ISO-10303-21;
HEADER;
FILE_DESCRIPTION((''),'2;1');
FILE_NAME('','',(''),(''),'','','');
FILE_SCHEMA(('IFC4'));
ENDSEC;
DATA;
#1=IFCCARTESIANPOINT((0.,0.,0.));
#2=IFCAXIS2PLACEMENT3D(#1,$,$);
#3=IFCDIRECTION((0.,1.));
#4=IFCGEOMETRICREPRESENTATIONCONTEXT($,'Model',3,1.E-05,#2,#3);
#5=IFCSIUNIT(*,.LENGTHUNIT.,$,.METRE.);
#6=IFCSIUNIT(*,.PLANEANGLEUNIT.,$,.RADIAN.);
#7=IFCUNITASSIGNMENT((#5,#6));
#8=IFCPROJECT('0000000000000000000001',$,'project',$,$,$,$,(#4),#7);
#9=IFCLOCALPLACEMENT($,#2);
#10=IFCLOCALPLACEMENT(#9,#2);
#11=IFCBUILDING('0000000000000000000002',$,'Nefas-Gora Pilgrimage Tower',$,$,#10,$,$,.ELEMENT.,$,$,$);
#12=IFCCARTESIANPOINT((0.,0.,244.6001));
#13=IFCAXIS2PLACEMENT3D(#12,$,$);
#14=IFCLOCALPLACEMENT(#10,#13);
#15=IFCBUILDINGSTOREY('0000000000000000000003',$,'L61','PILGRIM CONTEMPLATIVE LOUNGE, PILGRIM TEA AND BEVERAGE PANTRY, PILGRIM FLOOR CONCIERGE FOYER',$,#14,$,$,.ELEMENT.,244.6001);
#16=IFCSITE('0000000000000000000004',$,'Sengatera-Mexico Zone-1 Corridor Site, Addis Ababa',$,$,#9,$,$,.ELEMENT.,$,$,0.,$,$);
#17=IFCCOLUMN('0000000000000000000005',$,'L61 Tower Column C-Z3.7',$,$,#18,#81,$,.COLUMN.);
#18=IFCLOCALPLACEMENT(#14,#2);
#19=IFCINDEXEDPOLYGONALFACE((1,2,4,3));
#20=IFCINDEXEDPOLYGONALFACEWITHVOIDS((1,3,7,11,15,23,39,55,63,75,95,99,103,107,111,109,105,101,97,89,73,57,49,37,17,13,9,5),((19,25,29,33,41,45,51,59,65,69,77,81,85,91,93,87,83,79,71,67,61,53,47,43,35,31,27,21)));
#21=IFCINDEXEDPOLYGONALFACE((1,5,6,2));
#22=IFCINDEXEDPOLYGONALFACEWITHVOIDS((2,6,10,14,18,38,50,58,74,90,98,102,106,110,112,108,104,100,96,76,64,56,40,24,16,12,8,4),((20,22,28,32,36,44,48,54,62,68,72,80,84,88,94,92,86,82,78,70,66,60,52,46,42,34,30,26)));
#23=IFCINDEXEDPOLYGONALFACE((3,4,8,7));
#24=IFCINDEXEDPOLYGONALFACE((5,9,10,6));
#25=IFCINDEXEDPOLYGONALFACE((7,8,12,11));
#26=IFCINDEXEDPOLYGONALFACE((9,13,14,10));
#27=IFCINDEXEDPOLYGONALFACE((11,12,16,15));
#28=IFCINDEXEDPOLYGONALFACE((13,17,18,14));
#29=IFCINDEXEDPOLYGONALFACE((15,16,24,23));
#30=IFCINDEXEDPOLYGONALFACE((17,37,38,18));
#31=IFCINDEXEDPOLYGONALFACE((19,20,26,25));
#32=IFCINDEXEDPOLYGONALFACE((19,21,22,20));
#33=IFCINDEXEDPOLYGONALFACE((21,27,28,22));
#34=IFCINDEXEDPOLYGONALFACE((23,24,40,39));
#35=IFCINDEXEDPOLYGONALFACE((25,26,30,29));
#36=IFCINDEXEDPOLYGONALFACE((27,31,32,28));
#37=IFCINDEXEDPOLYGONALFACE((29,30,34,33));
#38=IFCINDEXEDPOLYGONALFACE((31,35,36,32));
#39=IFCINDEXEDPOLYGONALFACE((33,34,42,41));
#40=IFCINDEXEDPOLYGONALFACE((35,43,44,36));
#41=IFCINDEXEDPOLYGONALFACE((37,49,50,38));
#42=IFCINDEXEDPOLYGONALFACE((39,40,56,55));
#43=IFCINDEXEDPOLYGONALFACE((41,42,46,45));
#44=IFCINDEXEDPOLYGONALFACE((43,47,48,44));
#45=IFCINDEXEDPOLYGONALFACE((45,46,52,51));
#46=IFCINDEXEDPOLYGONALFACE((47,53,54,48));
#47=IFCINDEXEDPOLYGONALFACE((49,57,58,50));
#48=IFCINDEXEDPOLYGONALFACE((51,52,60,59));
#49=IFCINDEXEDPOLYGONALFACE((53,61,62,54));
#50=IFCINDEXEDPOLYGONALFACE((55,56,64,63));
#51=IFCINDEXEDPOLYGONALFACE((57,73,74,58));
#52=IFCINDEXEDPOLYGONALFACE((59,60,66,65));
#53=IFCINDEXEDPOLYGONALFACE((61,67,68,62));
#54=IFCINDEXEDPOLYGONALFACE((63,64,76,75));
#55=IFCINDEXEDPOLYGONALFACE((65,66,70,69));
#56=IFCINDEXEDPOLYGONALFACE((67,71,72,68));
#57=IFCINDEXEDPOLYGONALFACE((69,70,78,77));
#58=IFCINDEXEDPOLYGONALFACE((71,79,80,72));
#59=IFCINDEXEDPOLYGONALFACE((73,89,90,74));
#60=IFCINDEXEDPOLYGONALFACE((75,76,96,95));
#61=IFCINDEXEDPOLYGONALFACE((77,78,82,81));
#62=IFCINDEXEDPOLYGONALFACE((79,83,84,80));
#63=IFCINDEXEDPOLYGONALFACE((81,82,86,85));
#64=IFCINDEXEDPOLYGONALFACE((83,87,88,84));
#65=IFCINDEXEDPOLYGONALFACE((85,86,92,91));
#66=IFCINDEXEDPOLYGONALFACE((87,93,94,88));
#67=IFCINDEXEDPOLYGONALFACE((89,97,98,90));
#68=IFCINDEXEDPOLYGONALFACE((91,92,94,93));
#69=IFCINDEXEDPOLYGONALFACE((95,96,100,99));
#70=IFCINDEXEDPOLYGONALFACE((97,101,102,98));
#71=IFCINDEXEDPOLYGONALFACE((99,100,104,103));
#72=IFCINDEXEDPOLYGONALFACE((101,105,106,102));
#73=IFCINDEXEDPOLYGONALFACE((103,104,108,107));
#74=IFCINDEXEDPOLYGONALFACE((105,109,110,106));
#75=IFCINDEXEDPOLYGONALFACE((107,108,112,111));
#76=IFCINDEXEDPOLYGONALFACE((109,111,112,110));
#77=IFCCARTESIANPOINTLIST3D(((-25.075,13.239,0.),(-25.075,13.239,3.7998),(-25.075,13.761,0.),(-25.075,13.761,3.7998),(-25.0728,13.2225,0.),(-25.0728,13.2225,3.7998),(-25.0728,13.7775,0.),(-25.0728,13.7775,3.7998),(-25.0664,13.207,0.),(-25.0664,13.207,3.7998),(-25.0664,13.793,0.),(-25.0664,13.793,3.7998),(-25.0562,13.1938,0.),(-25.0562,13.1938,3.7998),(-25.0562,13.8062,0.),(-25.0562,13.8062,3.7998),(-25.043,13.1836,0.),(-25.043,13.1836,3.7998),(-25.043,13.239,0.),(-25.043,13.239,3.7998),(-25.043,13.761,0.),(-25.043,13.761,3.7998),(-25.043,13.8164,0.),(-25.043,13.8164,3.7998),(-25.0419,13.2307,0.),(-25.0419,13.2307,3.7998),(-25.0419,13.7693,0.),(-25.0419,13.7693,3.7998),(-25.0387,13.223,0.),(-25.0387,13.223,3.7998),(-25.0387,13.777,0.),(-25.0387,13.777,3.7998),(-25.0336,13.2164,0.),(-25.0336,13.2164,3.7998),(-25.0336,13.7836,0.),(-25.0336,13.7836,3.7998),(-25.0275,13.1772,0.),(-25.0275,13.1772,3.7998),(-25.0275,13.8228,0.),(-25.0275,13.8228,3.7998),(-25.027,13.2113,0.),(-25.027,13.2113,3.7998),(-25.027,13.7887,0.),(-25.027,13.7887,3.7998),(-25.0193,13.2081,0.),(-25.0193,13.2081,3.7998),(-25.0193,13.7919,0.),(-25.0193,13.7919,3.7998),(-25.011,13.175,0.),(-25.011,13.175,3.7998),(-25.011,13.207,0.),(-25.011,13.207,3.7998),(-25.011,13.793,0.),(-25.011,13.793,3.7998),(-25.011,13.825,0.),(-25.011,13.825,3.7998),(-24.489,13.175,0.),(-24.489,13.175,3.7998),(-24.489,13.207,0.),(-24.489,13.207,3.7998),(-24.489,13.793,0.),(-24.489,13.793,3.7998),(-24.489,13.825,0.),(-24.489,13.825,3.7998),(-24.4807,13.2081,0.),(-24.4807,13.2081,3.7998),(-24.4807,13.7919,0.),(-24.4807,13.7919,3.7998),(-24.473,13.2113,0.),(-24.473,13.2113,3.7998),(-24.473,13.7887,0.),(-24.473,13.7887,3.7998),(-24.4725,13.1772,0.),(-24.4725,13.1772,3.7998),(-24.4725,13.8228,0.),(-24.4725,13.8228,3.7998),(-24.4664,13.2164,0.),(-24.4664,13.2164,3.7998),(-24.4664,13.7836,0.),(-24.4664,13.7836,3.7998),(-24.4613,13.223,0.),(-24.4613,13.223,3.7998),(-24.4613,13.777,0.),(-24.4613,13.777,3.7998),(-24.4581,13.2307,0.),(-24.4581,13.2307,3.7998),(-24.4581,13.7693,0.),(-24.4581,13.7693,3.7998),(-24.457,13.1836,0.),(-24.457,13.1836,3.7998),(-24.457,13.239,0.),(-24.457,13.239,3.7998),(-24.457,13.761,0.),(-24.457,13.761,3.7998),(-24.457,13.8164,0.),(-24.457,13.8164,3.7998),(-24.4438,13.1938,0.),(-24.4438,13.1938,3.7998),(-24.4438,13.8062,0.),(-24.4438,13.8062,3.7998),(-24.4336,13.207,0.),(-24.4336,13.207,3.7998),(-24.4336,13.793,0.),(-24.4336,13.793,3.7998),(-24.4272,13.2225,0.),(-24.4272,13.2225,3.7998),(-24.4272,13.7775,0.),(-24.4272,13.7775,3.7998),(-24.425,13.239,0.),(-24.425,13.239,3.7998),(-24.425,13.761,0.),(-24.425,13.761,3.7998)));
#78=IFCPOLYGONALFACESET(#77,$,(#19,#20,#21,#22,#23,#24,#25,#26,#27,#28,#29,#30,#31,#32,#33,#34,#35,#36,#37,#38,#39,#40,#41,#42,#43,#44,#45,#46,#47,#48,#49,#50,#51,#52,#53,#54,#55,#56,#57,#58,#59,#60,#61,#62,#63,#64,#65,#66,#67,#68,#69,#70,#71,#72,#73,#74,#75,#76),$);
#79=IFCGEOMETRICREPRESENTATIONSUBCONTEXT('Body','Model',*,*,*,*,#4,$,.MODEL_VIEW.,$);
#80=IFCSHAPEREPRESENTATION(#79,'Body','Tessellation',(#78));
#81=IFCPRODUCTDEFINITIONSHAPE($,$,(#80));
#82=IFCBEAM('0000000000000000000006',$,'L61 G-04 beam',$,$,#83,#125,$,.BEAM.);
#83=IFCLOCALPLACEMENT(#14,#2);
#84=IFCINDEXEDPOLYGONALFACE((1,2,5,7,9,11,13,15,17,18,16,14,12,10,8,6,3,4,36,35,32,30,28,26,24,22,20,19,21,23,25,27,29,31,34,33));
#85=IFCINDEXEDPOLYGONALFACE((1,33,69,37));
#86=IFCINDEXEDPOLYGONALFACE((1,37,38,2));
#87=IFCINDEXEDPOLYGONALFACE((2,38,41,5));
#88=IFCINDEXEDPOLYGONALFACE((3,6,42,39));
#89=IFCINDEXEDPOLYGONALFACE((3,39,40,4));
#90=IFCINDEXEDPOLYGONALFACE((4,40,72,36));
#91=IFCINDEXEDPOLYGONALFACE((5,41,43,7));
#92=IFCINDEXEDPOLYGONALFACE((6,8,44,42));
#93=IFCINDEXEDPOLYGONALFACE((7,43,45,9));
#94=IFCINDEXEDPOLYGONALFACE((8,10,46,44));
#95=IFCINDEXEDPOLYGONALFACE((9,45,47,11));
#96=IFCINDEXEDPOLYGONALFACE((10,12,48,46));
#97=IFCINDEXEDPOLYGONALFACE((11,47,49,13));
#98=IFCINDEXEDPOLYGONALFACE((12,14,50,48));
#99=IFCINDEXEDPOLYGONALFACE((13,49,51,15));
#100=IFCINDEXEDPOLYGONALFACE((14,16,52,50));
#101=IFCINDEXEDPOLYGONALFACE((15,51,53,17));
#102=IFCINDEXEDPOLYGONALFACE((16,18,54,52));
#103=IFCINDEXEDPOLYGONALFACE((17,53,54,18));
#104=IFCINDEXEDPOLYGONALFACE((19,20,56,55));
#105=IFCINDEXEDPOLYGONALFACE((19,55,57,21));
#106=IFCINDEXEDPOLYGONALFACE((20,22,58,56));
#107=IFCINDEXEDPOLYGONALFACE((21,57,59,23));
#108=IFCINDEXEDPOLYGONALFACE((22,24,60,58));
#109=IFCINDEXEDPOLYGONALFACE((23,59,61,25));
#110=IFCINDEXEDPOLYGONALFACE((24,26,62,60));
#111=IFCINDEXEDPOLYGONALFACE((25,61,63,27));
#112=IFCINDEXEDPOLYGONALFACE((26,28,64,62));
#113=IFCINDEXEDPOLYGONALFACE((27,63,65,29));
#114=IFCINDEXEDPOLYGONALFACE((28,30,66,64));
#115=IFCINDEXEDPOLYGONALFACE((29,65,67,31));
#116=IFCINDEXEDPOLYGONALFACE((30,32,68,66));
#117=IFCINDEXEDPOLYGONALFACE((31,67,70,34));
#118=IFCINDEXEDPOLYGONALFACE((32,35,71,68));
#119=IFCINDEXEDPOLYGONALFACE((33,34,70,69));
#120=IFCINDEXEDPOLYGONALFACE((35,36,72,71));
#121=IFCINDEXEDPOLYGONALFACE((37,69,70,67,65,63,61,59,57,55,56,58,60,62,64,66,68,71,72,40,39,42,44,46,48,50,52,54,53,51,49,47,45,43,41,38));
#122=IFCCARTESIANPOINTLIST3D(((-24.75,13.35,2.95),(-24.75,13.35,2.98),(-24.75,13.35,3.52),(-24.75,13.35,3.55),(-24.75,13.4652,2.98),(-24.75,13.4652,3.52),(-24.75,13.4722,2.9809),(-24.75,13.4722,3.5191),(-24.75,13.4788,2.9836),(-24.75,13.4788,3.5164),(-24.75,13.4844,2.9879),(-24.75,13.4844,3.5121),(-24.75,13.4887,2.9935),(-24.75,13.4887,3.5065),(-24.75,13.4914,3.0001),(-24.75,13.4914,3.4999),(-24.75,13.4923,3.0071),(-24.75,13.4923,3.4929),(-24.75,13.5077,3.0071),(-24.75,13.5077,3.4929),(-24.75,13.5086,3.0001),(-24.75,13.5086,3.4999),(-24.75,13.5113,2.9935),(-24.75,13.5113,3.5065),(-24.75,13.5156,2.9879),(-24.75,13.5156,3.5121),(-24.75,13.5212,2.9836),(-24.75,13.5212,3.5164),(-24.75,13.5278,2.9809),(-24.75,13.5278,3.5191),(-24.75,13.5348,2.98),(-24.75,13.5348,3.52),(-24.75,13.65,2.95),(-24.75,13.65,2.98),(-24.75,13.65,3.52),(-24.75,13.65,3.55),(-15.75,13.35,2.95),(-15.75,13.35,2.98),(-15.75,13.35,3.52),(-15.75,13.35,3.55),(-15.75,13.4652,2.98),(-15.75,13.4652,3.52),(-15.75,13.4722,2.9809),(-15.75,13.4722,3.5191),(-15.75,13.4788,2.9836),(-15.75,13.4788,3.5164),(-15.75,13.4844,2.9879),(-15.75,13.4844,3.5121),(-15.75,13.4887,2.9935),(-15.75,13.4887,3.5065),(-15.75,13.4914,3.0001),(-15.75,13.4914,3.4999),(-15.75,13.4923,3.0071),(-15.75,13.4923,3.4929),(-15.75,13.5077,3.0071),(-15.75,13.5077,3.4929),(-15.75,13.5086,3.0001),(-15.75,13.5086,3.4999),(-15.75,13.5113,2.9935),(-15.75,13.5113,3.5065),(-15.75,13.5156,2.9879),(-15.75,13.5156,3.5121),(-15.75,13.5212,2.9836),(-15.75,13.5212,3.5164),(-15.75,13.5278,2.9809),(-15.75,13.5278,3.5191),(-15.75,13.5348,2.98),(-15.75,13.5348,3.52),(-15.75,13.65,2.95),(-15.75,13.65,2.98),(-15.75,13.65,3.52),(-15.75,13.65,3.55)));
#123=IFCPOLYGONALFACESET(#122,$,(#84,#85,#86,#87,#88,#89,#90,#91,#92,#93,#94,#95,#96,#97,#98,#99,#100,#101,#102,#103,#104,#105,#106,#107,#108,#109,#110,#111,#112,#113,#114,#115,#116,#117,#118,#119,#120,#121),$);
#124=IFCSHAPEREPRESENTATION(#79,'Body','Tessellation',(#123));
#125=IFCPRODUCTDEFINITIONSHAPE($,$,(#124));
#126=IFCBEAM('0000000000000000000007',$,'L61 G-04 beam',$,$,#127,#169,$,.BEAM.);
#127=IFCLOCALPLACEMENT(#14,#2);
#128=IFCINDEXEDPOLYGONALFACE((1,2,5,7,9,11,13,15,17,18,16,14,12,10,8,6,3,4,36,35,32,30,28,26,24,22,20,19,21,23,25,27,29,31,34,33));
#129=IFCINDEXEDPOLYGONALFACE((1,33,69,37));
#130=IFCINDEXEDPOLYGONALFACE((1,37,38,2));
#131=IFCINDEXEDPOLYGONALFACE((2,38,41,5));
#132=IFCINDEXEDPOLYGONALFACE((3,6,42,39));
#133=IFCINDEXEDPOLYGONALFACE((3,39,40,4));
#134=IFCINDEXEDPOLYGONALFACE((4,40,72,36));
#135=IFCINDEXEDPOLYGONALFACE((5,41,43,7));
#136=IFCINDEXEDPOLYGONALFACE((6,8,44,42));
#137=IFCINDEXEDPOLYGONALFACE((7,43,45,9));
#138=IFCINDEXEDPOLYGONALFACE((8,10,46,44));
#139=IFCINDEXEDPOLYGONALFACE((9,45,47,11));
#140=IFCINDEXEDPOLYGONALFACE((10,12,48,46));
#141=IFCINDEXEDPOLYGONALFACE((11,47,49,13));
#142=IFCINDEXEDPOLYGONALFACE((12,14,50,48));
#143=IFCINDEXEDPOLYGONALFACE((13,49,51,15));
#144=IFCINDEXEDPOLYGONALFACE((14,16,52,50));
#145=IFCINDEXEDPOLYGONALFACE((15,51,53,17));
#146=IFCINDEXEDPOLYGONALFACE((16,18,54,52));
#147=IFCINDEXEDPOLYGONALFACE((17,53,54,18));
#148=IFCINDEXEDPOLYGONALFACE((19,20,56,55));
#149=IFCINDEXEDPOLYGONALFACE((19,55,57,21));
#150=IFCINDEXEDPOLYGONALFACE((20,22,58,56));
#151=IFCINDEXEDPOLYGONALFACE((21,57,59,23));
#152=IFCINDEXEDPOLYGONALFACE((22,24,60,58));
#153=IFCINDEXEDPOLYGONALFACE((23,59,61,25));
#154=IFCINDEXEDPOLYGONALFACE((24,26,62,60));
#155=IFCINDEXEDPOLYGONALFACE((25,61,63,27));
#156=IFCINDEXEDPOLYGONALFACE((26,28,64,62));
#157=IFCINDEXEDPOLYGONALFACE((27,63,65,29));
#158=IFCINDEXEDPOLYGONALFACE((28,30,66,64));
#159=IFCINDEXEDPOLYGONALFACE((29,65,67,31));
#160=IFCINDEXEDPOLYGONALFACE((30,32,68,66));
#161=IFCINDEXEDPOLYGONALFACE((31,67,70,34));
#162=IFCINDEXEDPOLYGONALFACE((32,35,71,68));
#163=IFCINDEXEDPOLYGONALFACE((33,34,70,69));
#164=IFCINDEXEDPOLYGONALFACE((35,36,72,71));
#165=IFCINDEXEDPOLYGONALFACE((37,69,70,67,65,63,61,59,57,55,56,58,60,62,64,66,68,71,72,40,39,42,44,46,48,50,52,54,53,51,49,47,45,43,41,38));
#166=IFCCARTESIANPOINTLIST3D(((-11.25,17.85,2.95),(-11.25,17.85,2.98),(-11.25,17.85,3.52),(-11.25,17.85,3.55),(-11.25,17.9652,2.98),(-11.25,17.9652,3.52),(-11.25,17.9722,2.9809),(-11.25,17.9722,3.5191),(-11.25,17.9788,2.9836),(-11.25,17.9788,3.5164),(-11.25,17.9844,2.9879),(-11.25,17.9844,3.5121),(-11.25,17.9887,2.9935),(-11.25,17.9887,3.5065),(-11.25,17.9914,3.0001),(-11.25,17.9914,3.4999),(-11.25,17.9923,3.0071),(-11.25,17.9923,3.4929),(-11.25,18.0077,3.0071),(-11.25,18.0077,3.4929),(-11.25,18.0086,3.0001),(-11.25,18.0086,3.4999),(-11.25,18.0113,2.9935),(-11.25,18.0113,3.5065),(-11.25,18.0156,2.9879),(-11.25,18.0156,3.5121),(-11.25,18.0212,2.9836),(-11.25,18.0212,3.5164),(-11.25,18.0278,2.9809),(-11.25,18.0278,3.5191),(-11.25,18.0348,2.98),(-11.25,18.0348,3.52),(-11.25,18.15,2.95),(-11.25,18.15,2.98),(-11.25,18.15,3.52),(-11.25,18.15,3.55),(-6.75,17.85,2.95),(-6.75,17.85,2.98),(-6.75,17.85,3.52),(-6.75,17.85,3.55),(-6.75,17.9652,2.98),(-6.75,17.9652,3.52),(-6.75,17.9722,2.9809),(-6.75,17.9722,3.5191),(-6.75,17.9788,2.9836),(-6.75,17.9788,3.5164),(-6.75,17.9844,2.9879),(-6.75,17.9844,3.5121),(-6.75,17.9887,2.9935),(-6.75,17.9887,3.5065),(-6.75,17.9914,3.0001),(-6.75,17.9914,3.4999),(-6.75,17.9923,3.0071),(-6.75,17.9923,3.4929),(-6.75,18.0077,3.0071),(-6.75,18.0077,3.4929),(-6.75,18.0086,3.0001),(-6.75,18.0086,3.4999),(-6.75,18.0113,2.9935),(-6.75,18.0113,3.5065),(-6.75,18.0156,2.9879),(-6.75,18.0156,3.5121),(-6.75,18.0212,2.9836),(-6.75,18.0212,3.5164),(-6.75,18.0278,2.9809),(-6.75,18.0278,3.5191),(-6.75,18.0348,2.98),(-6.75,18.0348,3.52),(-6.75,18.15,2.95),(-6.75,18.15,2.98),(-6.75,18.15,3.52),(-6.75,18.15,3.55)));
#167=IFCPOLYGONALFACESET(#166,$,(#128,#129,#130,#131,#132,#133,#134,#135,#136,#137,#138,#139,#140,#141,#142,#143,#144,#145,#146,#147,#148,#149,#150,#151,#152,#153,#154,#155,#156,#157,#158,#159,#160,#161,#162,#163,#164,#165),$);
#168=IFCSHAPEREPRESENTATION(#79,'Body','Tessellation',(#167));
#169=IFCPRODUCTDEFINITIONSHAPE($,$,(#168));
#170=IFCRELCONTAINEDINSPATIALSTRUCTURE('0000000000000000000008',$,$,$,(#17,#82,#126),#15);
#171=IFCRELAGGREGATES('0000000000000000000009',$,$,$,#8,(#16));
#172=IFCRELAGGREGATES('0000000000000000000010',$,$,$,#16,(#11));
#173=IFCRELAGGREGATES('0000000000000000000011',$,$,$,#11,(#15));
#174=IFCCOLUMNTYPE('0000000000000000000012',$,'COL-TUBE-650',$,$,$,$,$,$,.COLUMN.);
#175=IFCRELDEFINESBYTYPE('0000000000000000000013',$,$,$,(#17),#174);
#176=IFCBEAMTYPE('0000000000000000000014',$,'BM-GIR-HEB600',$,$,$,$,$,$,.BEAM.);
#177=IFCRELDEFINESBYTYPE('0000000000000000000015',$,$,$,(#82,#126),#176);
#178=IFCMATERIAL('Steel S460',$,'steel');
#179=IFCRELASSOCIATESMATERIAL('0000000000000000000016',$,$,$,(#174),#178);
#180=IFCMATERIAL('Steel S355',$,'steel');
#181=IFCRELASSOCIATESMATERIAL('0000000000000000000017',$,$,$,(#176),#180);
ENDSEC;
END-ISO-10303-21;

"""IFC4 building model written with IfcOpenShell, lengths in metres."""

from ifc_helpers import new_model, si_unit, direction, frame, origin, origin_2d, place, context, subcontext, project, spatial, hollow_rectangle, i_section, extrude, source, transform, mapped, material, material_profile, profile_set, type_object, element, save


model = new_model("IFC4")

# Units and contexts
model_context = context("Model", 3, precision=1e-05, world=origin(), true_north=direction((0.0, 1.0)))
body_context = subcontext(model_context, "Body", "Model", "MODEL_VIEW")
ifc_project = project(units=[si_unit("LENGTHUNIT", "METRE"), si_unit("PLANEANGLEUNIT", "RADIAN")], contexts=[model_context])

# Site, building, storey
site_placement = place(None, origin())
site = spatial("IfcSite", under=ifc_project, at=site_placement, Name="Sengatera-Mexico Zone-1 Corridor Site, Addis Ababa", CompositionType="ELEMENT", RefElevation=0.0)
building_placement = place(site_placement, origin())
building = spatial("IfcBuilding", under=site, at=building_placement, Name="Nefas-Gora Pilgrimage Tower", CompositionType="ELEMENT")
storey_placement = place(building_placement, frame((0.0, 0.0, 244.6001)))
storey = spatial("IfcBuildingStorey", under=building, at=storey_placement, Name="L61", Description="PILGRIM CONTEMPLATIVE LOUNGE, PILGRIM TEA AND BEVERAGE PANTRY, PILGRIM FLOOR CONCIERGE FOYER", CompositionType="ELEMENT", Elevation=244.6001)

# Column
ifc_material_1 = material(Name="Steel S460", Category="steel")
ifc_material_profile_1 = material_profile(ifc_material_1, hollow_rectangle(XDim=0.6499, YDim=0.6499, WallThickness=0.032, InnerFilletRadius=0.032, OuterFilletRadius=0.064, at=origin_2d()), Name="BOX 650x650x32")
ifc_profile_set_1 = profile_set([ifc_material_profile_1], Name="Steel S460")
column_type_1 = type_object("IfcColumnType", Name="COL-TUBE-650", PredefinedType="COLUMN", material=ifc_profile_set_1)
shared_shape_1 = source(origin(), body_context, "Body", "SweptSolid", [
    extrude(hollow_rectangle(XDim=0.6499, YDim=0.6499, WallThickness=0.032, InnerFilletRadius=0.032, OuterFilletRadius=0.064, at=origin_2d()), origin(), (0.0, 0.0, 1.0), 3.7998),
])
column_placement = place(storey_placement, frame((-24.75, 13.5, 0.0), z_axis=(0.0, 0.0, 1.0), x_axis=(1.0, 0.0, 0.0)))
element("IfcColumn", 1, at=column_placement, inside=storey, type_object=column_type_1, Name="L61 Tower Column C-Z3.7", PredefinedType="COLUMN", context=body_context, shape_type="MappedRepresentation", body=[
    mapped(shared_shape_1, transform((0.0, 0.0, 0.0), x_axis=(1.0, 0.0, 0.0), y_axis=(0.0, 1.0, 0.0), z_axis=(0.0, 0.0, 1.0), scale=1.0)),
])

# Beams
ifc_material_2 = material(Name="Steel S355", Category="steel")
ifc_material_profile_2 = material_profile(ifc_material_2, i_section(OverallWidth=0.3, OverallDepth=0.6001, WebThickness=0.0154, FlangeThickness=0.03, FilletRadius=0.0271, at=origin_2d()), Name="HEB 600")
ifc_profile_set_2 = profile_set([ifc_material_profile_2], Name="Steel S355")
beam_type = type_object("IfcBeamType", Name="BM-GIR-HEB600", PredefinedType="BEAM", material=ifc_profile_set_2)
shared_shape_2 = source(origin(), body_context, "Body", "SweptSolid", [
    extrude(i_section(OverallWidth=0.3, OverallDepth=0.6001, WebThickness=0.0154, FlangeThickness=0.03, FilletRadius=0.0271, at=origin_2d()), origin(), (0.0, 0.0, 1.0), 9.0),
])
beam_1_placement = place(storey_placement, frame((-24.75, 13.5, 3.25), z_axis=(1.0, 0.0, 0.0), x_axis=(0.0, 1.0, 0.0)))
element("IfcBeam", 2, at=beam_1_placement, inside=storey, type_object=beam_type, Name="L61 G-04 beam", PredefinedType="BEAM", context=body_context, shape_type="MappedRepresentation", body=[
    mapped(shared_shape_2, transform((0.0, 0.0, 0.0), x_axis=(1.0, 0.0, 0.0), y_axis=(0.0, 1.0, 0.0), z_axis=(0.0, 0.0, 1.0), scale=1.0)),
])
shared_shape_3 = source(origin(), body_context, "Body", "SweptSolid", [
    extrude(i_section(OverallWidth=0.3, OverallDepth=0.6001, WebThickness=0.0154, FlangeThickness=0.03, FilletRadius=0.0271, at=origin_2d()), origin(), (0.0, 0.0, 1.0), 4.5),
])
beam_2_placement = place(storey_placement, frame((-11.25, 18.0, 3.25), z_axis=(1.0, 0.0, 0.0), x_axis=(0.0, 1.0, 0.0)))
element("IfcBeam", 3, at=beam_2_placement, inside=storey, type_object=beam_type, Name="L61 G-04 beam", PredefinedType="BEAM", context=body_context, shape_type="MappedRepresentation", body=[
    mapped(shared_shape_3, transform((0.0, 0.0, 0.0), x_axis=(1.0, 0.0, 0.0), y_axis=(0.0, 1.0, 0.0), z_axis=(0.0, 0.0, 1.0), scale=1.0)),
])

save(model, "model.ifc")
